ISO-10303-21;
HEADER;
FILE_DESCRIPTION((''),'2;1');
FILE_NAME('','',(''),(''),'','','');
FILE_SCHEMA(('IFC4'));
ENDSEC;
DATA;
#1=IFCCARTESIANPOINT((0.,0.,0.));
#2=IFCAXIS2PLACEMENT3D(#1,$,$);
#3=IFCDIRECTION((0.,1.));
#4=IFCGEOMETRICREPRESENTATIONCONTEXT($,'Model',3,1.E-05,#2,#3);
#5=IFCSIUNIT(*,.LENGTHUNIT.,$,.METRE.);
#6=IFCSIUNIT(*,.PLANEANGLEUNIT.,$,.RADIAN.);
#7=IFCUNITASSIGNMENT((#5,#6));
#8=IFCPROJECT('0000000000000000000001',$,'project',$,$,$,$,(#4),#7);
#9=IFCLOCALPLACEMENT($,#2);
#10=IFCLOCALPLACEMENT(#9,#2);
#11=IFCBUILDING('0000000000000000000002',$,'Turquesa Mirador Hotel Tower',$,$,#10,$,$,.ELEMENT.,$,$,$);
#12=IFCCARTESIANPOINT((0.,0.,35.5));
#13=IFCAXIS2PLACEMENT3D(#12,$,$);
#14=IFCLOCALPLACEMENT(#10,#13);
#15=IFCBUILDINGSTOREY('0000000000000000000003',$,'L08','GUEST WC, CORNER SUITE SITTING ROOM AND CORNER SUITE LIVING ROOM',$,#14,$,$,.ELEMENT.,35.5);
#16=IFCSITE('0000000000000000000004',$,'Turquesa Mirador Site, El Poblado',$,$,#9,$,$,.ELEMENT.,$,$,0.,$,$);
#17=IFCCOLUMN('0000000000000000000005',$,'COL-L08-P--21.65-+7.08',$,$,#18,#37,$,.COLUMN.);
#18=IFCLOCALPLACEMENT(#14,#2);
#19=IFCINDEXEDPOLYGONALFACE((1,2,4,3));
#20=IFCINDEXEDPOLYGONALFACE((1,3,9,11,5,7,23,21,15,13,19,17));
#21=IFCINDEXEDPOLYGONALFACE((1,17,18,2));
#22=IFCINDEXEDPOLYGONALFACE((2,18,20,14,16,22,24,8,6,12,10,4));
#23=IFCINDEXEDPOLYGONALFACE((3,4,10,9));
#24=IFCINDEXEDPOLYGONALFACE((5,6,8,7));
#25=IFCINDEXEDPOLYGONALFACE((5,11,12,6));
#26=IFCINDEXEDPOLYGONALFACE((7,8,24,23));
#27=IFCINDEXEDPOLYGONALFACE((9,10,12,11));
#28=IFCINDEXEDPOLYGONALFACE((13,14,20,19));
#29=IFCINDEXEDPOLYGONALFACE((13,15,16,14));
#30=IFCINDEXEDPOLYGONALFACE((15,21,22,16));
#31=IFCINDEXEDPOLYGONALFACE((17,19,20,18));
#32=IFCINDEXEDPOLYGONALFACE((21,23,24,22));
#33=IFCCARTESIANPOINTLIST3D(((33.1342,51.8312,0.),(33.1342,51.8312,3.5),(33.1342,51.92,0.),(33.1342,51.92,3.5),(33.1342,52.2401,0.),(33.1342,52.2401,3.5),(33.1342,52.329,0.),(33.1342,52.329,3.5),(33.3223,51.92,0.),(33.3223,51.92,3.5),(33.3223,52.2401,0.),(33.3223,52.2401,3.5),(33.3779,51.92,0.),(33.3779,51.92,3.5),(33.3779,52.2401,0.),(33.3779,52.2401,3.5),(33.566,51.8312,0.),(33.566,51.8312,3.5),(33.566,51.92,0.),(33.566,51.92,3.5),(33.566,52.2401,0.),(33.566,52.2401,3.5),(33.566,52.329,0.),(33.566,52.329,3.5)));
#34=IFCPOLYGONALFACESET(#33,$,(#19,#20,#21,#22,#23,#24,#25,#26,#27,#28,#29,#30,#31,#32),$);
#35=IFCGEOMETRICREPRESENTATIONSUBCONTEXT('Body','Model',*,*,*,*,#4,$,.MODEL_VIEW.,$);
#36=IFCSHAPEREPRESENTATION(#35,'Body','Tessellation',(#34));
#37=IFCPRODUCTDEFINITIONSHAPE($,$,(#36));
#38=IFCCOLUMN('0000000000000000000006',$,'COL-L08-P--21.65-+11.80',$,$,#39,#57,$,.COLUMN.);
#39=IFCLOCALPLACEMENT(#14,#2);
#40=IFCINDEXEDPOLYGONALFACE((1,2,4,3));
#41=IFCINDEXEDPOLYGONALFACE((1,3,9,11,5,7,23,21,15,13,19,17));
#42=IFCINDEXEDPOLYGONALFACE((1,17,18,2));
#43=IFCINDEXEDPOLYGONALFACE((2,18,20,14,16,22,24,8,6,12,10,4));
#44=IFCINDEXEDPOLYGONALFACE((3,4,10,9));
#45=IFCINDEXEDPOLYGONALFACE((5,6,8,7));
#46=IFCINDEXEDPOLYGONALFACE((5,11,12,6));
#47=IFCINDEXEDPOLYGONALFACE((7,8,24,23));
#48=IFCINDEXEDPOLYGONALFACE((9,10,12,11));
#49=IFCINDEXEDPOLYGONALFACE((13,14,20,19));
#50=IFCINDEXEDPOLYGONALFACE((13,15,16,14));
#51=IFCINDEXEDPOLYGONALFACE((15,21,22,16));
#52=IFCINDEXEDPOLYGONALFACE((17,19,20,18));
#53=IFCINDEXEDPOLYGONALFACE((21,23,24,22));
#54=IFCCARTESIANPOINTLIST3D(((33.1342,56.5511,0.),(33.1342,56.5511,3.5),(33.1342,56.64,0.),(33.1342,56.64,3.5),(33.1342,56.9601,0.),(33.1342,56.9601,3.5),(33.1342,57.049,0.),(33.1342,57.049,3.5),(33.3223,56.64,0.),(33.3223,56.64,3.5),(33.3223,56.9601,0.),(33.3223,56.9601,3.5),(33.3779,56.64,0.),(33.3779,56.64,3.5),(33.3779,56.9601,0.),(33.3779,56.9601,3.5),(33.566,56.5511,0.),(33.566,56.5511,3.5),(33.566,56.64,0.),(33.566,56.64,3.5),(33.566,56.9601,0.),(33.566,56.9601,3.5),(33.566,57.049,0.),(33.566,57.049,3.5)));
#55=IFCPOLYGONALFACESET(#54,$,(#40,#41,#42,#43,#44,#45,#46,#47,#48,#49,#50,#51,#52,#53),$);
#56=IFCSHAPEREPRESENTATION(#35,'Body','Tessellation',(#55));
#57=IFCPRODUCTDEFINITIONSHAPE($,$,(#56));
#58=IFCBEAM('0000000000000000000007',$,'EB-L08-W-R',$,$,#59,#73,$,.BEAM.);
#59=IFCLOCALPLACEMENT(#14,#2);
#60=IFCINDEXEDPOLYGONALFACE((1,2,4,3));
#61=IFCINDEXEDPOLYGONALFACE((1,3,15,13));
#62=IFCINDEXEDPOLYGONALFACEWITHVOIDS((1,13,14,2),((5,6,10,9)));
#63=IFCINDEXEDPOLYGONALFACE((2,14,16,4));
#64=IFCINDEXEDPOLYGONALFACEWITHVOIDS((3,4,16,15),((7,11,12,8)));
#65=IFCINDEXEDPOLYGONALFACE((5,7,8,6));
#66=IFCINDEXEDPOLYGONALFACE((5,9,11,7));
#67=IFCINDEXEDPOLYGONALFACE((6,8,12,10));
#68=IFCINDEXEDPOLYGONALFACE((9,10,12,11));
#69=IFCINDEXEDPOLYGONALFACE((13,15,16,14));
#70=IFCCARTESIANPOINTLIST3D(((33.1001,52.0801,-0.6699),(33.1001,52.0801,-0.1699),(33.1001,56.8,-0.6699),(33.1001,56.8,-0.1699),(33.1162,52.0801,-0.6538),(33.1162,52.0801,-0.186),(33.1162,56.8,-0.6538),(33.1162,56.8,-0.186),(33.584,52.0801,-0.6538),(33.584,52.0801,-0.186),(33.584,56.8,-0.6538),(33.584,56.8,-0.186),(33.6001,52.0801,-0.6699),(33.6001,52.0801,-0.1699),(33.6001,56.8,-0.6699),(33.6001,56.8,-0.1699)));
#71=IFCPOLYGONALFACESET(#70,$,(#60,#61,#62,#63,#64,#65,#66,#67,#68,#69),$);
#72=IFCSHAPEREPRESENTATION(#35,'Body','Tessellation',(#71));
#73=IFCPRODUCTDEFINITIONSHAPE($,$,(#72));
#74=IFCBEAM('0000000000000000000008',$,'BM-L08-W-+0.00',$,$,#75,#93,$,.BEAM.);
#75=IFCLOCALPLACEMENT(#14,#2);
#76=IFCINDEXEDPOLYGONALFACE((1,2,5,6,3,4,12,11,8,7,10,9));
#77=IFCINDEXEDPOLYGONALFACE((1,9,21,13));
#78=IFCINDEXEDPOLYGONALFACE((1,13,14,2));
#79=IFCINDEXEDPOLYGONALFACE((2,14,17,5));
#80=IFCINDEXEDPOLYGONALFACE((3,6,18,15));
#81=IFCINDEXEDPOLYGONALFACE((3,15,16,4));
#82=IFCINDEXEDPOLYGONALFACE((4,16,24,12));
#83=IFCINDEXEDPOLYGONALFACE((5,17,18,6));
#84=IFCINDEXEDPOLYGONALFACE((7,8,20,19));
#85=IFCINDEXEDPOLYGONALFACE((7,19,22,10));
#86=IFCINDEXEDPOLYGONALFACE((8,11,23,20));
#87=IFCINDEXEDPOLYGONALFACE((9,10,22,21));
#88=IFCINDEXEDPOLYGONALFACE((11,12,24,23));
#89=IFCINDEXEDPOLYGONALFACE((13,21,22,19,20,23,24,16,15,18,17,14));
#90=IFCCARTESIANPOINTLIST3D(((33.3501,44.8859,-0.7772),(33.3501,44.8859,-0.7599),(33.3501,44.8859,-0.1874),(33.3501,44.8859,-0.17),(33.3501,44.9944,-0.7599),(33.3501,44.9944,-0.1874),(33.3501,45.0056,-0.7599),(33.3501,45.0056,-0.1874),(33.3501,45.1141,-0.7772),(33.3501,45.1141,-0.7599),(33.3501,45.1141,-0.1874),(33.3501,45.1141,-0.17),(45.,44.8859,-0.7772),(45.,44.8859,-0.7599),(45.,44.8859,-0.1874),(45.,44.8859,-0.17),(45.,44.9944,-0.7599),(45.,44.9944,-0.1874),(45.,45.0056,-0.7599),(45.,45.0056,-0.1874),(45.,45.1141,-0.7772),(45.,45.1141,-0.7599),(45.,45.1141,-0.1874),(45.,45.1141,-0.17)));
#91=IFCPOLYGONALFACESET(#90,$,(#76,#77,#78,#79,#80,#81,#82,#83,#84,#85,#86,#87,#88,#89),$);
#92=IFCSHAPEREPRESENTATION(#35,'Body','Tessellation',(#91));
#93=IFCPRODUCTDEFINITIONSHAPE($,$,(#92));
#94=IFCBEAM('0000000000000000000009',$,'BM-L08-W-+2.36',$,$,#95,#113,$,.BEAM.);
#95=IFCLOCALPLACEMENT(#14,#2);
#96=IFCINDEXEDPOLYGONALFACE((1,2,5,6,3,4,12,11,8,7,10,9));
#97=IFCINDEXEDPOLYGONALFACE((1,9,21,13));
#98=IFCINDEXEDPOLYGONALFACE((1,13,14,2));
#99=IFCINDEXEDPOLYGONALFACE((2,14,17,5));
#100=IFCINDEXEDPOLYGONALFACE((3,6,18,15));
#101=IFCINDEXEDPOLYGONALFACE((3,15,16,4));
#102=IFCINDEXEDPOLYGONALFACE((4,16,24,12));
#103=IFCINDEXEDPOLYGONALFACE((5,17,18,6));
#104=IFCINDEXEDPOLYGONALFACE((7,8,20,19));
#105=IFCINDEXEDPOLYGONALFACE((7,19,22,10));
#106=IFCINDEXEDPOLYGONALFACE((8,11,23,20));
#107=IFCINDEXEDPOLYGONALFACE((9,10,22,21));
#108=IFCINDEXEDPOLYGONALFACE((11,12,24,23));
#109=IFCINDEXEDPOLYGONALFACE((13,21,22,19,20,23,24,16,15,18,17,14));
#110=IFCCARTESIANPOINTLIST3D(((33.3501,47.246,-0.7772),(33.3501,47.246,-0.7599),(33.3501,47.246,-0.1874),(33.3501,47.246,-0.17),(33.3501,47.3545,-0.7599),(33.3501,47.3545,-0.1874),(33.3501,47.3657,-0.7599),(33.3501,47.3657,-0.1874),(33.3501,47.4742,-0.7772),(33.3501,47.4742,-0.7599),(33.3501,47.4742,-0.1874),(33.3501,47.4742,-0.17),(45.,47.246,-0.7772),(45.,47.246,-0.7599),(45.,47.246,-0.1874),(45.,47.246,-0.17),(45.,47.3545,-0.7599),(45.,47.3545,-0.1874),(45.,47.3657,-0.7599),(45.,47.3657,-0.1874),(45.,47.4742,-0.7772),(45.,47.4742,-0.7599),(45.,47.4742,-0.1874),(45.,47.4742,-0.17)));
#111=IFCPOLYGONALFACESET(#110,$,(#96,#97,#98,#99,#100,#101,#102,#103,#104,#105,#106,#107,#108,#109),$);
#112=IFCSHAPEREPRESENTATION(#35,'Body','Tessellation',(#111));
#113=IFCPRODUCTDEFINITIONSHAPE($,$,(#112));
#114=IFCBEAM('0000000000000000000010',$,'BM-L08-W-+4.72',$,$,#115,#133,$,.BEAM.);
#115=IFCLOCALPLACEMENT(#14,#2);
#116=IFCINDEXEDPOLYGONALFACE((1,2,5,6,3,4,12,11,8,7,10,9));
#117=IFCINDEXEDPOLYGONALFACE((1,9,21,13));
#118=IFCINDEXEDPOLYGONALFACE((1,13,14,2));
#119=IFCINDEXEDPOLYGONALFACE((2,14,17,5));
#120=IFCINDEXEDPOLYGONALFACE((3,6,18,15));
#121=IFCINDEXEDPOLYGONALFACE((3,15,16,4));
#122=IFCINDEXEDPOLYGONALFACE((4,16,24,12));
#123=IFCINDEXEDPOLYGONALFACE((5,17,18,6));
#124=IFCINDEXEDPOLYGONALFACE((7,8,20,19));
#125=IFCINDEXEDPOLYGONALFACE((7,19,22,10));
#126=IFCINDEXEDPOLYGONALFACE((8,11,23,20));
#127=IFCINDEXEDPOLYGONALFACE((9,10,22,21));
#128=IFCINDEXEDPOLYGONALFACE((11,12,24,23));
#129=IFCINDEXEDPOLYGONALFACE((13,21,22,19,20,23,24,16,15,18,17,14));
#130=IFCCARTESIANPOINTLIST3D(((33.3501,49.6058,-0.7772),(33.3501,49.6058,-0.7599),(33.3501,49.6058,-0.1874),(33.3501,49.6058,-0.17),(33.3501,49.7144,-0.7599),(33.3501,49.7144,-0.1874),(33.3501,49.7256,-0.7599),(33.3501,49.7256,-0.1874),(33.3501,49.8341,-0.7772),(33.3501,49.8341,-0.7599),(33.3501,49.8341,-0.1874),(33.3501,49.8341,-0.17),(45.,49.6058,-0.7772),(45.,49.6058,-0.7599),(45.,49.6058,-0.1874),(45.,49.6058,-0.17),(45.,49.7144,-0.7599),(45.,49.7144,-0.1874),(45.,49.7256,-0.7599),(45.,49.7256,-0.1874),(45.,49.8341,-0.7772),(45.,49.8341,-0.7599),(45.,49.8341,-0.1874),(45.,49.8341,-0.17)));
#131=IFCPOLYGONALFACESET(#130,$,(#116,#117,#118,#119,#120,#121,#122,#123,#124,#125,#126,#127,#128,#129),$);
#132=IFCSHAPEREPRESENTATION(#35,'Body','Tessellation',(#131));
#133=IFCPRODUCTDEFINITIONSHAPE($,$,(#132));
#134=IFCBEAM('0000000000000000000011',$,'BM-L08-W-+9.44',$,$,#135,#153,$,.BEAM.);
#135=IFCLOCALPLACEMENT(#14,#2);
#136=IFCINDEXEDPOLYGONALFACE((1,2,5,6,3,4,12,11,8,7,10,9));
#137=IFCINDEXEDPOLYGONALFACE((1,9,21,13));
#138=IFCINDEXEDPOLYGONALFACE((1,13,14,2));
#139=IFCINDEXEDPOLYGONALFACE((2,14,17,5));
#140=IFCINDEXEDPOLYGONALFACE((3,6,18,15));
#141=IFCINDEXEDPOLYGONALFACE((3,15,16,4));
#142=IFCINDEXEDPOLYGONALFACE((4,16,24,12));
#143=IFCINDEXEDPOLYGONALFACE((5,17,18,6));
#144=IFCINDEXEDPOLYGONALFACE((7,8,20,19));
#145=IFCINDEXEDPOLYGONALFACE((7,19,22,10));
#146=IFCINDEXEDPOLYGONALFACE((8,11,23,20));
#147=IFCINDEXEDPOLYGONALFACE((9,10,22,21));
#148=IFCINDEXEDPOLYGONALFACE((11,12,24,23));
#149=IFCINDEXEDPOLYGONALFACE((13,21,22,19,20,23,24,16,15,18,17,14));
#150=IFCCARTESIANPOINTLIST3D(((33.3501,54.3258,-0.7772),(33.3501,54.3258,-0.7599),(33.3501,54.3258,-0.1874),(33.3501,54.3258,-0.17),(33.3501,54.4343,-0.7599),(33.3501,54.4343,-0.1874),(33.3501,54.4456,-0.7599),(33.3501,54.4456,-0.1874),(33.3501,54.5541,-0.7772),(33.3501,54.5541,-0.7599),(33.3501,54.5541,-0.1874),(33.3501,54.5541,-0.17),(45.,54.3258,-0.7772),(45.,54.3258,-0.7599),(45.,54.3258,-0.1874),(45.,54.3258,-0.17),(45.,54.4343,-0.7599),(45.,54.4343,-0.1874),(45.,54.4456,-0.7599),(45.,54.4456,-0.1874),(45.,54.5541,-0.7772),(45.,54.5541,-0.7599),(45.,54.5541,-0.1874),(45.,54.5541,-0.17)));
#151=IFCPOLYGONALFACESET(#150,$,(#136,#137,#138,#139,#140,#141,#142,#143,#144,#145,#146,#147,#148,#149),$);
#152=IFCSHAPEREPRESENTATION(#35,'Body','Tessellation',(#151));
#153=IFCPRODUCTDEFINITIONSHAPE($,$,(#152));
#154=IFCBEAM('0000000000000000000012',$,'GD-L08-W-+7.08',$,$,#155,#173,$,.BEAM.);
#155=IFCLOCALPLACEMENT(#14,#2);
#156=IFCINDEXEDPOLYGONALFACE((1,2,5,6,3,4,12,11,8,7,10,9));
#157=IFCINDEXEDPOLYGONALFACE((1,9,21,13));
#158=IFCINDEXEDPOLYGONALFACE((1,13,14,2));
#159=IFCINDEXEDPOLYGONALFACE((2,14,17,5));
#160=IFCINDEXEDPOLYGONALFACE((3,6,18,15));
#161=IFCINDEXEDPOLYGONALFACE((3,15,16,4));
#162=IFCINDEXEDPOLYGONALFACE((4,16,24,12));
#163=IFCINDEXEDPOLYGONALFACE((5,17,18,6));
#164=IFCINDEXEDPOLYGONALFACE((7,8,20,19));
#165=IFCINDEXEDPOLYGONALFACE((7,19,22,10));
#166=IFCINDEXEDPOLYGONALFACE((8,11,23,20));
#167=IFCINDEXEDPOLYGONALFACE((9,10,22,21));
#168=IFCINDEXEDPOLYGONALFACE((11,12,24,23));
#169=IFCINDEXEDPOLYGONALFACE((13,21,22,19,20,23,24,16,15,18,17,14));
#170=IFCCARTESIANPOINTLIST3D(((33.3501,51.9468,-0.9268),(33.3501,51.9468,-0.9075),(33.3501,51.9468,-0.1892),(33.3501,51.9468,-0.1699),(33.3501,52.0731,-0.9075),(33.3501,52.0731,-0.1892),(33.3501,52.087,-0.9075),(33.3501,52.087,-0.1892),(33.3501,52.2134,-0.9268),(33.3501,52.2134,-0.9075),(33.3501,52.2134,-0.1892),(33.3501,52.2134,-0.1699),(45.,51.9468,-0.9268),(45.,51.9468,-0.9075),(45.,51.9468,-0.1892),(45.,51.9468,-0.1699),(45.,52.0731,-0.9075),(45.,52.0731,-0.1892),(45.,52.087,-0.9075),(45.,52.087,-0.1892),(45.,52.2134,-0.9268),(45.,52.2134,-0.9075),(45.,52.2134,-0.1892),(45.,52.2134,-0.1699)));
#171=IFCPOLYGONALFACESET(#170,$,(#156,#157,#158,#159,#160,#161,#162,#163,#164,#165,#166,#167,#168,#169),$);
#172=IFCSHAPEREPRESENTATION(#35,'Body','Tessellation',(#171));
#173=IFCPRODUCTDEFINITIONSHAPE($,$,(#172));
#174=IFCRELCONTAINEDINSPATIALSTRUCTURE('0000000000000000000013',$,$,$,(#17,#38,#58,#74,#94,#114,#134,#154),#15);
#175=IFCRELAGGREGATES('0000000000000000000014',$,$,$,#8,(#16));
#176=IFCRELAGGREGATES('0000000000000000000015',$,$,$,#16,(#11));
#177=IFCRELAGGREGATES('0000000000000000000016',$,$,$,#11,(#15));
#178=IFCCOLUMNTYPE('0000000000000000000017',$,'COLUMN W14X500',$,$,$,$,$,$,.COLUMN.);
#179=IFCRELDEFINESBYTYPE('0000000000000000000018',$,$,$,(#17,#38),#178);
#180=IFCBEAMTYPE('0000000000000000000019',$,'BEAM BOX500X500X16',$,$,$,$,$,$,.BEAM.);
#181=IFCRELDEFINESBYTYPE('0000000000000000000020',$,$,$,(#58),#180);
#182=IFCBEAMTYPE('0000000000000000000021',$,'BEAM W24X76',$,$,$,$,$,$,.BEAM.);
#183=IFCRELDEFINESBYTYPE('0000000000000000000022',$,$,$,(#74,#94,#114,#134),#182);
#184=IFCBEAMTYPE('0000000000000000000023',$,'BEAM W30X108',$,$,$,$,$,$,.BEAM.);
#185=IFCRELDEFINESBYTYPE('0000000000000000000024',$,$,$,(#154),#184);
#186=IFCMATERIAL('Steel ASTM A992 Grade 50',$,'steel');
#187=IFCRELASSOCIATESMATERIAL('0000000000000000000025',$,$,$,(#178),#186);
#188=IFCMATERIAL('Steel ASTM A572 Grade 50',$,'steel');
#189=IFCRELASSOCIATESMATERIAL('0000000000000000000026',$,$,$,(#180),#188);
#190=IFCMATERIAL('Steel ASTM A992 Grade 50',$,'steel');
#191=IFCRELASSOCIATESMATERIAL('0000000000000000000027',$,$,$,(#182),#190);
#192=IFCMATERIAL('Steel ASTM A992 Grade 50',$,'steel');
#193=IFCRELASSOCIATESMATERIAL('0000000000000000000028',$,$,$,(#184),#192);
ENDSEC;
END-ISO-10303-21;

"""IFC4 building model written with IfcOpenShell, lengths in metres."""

from ifc_helpers import new_model, si_unit, direction, frame, origin, origin_2d, place, context, subcontext, project, spatial, hollow_rectangle, i_section, extrude, material, material_profile, profile_set, type_object, element, save


model = new_model("IFC4")

# Units and contexts
model_context = context("Model", 3, precision=1e-05, world=origin(), true_north=direction((0.0, 1.0)))
body_context = subcontext(model_context, "Body", "Model", "MODEL_VIEW")
ifc_project = project(units=[si_unit("LENGTHUNIT", "METRE"), si_unit("PLANEANGLEUNIT", "RADIAN")], contexts=[model_context])

# Site, building, storey
site_placement = place(None, origin())
site = spatial("IfcSite", under=ifc_project, at=site_placement, Name="Turquesa Mirador Site, El Poblado", CompositionType="ELEMENT", RefElevation=0.0)
building_placement = place(site_placement, origin())
building = spatial("IfcBuilding", under=site, at=building_placement, Name="Turquesa Mirador Hotel Tower", CompositionType="ELEMENT")
storey_placement = place(building_placement, frame((0.0, 0.0, 35.5)))
storey = spatial("IfcBuildingStorey", under=building, at=storey_placement, Name="L08", Description="GUEST WC, CORNER SUITE SITTING ROOM AND CORNER SUITE LIVING ROOM", CompositionType="ELEMENT", Elevation=35.5)

# Columns
ifc_material_1 = material(Name="Steel ASTM A992 Grade 50", Category="steel")
ifc_material_profile_1 = material_profile(ifc_material_1, i_section(OverallWidth=0.4319, OverallDepth=0.4978, WebThickness=0.0557, FlangeThickness=0.0889, at=origin_2d()), Name="W14X500")
ifc_profile_set_1 = profile_set([ifc_material_profile_1], Name="Steel ASTM A992 Grade 50")
column_type = type_object("IfcColumnType", Name="COLUMN W14X500", PredefinedType="COLUMN", material=ifc_profile_set_1)
for number, where, z_axis, x_axis, name in (
    (1, (33.3501, 52.0801, 0.0), (0.0, 0.0, 1.0), (1.0, 0.0, 0.0), "COL-L08-P--21.65-+7.08"),
    (2, (33.3501, 56.8, 0.0), (0.0, 0.0, 1.0), (1.0, 0.0, 0.0), "COL-L08-P--21.65-+11.80"),
):
    element("IfcColumn", number, at=place(storey_placement, frame(where, z_axis=z_axis, x_axis=x_axis)), inside=storey, type_object=column_type, Name=name, PredefinedType="COLUMN", context=body_context, shape_type="SweptSolid", body=[
        extrude(i_section(OverallWidth=0.4319, OverallDepth=0.4978, WebThickness=0.0557, FlangeThickness=0.0889, at=origin_2d()), origin(), (0.0, 0.0, 1.0), 3.5),
    ])

# Beams
ifc_material_2 = material(Name="Steel ASTM A572 Grade 50", Category="steel")
ifc_material_profile_2 = material_profile(ifc_material_2, hollow_rectangle(XDim=0.5, YDim=0.5, WallThickness=0.0161, at=origin_2d()), Name="BOX500X500X16")
ifc_profile_set_2 = profile_set([ifc_material_profile_2], Name="Steel ASTM A572 Grade 50")
beam_type_1 = type_object("IfcBeamType", Name="BEAM BOX500X500X16", PredefinedType="BEAM", material=ifc_profile_set_2)
beam_1_placement = place(storey_placement, frame((33.3501, 52.0801, -0.4199), z_axis=(0.0, 1.0, 0.0), x_axis=(-1.0, 0.0, 0.0)))
element("IfcBeam", 3, at=beam_1_placement, inside=storey, type_object=beam_type_1, Name="EB-L08-W-R", PredefinedType="BEAM", context=body_context, shape_type="SweptSolid", body=[
    extrude(hollow_rectangle(XDim=0.5, YDim=0.5, WallThickness=0.0161, at=origin_2d()), origin(), (0.0, 0.0, 1.0), 4.72),
])
ifc_material_3 = material(Name="Steel ASTM A992 Grade 50", Category="steel")
ifc_material_profile_3 = material_profile(ifc_material_3, i_section(OverallWidth=0.2283, OverallDepth=0.6072, WebThickness=0.0112, FlangeThickness=0.0173, at=origin_2d()), Name="W24X76")
ifc_profile_set_3 = profile_set([ifc_material_profile_3], Name="Steel ASTM A992 Grade 50")
beam_type_2 = type_object("IfcBeamType", Name="BEAM W24X76", PredefinedType="BEAM", material=ifc_profile_set_3)
for number, where, z_axis, x_axis, name in (
    (4, (33.3501, 45.0, -0.4736), (1.0, 0.0, 0.0), (0.0, 1.0, 0.0), "BM-L08-W-+0.00"),
    (5, (33.3501, 47.3601, -0.4736), (1.0, 0.0, 0.0), (0.0, 1.0, 0.0), "BM-L08-W-+2.36"),
    (6, (33.3501, 49.72, -0.4736), (1.0, 0.0, 0.0), (0.0, 1.0, 0.0), "BM-L08-W-+4.72"),
    (7, (33.3501, 54.4399, -0.4736), (1.0, 0.0, 0.0), (0.0, 1.0, 0.0), "BM-L08-W-+9.44"),
):
    element("IfcBeam", number, at=place(storey_placement, frame(where, z_axis=z_axis, x_axis=x_axis)), inside=storey, type_object=beam_type_2, Name=name, PredefinedType="BEAM", context=body_context, shape_type="SweptSolid", body=[
        extrude(i_section(OverallWidth=0.2283, OverallDepth=0.6072, WebThickness=0.0112, FlangeThickness=0.0173, at=origin_2d()), origin(), (0.0, 0.0, 1.0), 11.6499),
    ])
ifc_material_4 = material(Name="Steel ASTM A992 Grade 50", Category="steel")
ifc_material_profile_4 = material_profile(ifc_material_4, i_section(OverallWidth=0.2666, OverallDepth=0.7568, WebThickness=0.0139, FlangeThickness=0.0193, at=origin_2d()), Name="W30X108")
ifc_profile_set_4 = profile_set([ifc_material_profile_4], Name="Steel ASTM A992 Grade 50")
beam_type_3 = type_object("IfcBeamType", Name="BEAM W30X108", PredefinedType="BEAM", material=ifc_profile_set_4)
beam_2_placement = place(storey_placement, frame((33.3501, 52.0801, -0.5483), z_axis=(1.0, 0.0, 0.0), x_axis=(0.0, 1.0, 0.0)))
element("IfcBeam", 8, at=beam_2_placement, inside=storey, type_object=beam_type_3, Name="GD-L08-W-+7.08", PredefinedType="BEAM", context=body_context, shape_type="SweptSolid", body=[
    extrude(i_section(OverallWidth=0.2666, OverallDepth=0.7568, WebThickness=0.0139, FlangeThickness=0.0193, at=origin_2d()), origin(), (0.0, 0.0, 1.0), 11.6499),
])

save(model, "model.ifc")
